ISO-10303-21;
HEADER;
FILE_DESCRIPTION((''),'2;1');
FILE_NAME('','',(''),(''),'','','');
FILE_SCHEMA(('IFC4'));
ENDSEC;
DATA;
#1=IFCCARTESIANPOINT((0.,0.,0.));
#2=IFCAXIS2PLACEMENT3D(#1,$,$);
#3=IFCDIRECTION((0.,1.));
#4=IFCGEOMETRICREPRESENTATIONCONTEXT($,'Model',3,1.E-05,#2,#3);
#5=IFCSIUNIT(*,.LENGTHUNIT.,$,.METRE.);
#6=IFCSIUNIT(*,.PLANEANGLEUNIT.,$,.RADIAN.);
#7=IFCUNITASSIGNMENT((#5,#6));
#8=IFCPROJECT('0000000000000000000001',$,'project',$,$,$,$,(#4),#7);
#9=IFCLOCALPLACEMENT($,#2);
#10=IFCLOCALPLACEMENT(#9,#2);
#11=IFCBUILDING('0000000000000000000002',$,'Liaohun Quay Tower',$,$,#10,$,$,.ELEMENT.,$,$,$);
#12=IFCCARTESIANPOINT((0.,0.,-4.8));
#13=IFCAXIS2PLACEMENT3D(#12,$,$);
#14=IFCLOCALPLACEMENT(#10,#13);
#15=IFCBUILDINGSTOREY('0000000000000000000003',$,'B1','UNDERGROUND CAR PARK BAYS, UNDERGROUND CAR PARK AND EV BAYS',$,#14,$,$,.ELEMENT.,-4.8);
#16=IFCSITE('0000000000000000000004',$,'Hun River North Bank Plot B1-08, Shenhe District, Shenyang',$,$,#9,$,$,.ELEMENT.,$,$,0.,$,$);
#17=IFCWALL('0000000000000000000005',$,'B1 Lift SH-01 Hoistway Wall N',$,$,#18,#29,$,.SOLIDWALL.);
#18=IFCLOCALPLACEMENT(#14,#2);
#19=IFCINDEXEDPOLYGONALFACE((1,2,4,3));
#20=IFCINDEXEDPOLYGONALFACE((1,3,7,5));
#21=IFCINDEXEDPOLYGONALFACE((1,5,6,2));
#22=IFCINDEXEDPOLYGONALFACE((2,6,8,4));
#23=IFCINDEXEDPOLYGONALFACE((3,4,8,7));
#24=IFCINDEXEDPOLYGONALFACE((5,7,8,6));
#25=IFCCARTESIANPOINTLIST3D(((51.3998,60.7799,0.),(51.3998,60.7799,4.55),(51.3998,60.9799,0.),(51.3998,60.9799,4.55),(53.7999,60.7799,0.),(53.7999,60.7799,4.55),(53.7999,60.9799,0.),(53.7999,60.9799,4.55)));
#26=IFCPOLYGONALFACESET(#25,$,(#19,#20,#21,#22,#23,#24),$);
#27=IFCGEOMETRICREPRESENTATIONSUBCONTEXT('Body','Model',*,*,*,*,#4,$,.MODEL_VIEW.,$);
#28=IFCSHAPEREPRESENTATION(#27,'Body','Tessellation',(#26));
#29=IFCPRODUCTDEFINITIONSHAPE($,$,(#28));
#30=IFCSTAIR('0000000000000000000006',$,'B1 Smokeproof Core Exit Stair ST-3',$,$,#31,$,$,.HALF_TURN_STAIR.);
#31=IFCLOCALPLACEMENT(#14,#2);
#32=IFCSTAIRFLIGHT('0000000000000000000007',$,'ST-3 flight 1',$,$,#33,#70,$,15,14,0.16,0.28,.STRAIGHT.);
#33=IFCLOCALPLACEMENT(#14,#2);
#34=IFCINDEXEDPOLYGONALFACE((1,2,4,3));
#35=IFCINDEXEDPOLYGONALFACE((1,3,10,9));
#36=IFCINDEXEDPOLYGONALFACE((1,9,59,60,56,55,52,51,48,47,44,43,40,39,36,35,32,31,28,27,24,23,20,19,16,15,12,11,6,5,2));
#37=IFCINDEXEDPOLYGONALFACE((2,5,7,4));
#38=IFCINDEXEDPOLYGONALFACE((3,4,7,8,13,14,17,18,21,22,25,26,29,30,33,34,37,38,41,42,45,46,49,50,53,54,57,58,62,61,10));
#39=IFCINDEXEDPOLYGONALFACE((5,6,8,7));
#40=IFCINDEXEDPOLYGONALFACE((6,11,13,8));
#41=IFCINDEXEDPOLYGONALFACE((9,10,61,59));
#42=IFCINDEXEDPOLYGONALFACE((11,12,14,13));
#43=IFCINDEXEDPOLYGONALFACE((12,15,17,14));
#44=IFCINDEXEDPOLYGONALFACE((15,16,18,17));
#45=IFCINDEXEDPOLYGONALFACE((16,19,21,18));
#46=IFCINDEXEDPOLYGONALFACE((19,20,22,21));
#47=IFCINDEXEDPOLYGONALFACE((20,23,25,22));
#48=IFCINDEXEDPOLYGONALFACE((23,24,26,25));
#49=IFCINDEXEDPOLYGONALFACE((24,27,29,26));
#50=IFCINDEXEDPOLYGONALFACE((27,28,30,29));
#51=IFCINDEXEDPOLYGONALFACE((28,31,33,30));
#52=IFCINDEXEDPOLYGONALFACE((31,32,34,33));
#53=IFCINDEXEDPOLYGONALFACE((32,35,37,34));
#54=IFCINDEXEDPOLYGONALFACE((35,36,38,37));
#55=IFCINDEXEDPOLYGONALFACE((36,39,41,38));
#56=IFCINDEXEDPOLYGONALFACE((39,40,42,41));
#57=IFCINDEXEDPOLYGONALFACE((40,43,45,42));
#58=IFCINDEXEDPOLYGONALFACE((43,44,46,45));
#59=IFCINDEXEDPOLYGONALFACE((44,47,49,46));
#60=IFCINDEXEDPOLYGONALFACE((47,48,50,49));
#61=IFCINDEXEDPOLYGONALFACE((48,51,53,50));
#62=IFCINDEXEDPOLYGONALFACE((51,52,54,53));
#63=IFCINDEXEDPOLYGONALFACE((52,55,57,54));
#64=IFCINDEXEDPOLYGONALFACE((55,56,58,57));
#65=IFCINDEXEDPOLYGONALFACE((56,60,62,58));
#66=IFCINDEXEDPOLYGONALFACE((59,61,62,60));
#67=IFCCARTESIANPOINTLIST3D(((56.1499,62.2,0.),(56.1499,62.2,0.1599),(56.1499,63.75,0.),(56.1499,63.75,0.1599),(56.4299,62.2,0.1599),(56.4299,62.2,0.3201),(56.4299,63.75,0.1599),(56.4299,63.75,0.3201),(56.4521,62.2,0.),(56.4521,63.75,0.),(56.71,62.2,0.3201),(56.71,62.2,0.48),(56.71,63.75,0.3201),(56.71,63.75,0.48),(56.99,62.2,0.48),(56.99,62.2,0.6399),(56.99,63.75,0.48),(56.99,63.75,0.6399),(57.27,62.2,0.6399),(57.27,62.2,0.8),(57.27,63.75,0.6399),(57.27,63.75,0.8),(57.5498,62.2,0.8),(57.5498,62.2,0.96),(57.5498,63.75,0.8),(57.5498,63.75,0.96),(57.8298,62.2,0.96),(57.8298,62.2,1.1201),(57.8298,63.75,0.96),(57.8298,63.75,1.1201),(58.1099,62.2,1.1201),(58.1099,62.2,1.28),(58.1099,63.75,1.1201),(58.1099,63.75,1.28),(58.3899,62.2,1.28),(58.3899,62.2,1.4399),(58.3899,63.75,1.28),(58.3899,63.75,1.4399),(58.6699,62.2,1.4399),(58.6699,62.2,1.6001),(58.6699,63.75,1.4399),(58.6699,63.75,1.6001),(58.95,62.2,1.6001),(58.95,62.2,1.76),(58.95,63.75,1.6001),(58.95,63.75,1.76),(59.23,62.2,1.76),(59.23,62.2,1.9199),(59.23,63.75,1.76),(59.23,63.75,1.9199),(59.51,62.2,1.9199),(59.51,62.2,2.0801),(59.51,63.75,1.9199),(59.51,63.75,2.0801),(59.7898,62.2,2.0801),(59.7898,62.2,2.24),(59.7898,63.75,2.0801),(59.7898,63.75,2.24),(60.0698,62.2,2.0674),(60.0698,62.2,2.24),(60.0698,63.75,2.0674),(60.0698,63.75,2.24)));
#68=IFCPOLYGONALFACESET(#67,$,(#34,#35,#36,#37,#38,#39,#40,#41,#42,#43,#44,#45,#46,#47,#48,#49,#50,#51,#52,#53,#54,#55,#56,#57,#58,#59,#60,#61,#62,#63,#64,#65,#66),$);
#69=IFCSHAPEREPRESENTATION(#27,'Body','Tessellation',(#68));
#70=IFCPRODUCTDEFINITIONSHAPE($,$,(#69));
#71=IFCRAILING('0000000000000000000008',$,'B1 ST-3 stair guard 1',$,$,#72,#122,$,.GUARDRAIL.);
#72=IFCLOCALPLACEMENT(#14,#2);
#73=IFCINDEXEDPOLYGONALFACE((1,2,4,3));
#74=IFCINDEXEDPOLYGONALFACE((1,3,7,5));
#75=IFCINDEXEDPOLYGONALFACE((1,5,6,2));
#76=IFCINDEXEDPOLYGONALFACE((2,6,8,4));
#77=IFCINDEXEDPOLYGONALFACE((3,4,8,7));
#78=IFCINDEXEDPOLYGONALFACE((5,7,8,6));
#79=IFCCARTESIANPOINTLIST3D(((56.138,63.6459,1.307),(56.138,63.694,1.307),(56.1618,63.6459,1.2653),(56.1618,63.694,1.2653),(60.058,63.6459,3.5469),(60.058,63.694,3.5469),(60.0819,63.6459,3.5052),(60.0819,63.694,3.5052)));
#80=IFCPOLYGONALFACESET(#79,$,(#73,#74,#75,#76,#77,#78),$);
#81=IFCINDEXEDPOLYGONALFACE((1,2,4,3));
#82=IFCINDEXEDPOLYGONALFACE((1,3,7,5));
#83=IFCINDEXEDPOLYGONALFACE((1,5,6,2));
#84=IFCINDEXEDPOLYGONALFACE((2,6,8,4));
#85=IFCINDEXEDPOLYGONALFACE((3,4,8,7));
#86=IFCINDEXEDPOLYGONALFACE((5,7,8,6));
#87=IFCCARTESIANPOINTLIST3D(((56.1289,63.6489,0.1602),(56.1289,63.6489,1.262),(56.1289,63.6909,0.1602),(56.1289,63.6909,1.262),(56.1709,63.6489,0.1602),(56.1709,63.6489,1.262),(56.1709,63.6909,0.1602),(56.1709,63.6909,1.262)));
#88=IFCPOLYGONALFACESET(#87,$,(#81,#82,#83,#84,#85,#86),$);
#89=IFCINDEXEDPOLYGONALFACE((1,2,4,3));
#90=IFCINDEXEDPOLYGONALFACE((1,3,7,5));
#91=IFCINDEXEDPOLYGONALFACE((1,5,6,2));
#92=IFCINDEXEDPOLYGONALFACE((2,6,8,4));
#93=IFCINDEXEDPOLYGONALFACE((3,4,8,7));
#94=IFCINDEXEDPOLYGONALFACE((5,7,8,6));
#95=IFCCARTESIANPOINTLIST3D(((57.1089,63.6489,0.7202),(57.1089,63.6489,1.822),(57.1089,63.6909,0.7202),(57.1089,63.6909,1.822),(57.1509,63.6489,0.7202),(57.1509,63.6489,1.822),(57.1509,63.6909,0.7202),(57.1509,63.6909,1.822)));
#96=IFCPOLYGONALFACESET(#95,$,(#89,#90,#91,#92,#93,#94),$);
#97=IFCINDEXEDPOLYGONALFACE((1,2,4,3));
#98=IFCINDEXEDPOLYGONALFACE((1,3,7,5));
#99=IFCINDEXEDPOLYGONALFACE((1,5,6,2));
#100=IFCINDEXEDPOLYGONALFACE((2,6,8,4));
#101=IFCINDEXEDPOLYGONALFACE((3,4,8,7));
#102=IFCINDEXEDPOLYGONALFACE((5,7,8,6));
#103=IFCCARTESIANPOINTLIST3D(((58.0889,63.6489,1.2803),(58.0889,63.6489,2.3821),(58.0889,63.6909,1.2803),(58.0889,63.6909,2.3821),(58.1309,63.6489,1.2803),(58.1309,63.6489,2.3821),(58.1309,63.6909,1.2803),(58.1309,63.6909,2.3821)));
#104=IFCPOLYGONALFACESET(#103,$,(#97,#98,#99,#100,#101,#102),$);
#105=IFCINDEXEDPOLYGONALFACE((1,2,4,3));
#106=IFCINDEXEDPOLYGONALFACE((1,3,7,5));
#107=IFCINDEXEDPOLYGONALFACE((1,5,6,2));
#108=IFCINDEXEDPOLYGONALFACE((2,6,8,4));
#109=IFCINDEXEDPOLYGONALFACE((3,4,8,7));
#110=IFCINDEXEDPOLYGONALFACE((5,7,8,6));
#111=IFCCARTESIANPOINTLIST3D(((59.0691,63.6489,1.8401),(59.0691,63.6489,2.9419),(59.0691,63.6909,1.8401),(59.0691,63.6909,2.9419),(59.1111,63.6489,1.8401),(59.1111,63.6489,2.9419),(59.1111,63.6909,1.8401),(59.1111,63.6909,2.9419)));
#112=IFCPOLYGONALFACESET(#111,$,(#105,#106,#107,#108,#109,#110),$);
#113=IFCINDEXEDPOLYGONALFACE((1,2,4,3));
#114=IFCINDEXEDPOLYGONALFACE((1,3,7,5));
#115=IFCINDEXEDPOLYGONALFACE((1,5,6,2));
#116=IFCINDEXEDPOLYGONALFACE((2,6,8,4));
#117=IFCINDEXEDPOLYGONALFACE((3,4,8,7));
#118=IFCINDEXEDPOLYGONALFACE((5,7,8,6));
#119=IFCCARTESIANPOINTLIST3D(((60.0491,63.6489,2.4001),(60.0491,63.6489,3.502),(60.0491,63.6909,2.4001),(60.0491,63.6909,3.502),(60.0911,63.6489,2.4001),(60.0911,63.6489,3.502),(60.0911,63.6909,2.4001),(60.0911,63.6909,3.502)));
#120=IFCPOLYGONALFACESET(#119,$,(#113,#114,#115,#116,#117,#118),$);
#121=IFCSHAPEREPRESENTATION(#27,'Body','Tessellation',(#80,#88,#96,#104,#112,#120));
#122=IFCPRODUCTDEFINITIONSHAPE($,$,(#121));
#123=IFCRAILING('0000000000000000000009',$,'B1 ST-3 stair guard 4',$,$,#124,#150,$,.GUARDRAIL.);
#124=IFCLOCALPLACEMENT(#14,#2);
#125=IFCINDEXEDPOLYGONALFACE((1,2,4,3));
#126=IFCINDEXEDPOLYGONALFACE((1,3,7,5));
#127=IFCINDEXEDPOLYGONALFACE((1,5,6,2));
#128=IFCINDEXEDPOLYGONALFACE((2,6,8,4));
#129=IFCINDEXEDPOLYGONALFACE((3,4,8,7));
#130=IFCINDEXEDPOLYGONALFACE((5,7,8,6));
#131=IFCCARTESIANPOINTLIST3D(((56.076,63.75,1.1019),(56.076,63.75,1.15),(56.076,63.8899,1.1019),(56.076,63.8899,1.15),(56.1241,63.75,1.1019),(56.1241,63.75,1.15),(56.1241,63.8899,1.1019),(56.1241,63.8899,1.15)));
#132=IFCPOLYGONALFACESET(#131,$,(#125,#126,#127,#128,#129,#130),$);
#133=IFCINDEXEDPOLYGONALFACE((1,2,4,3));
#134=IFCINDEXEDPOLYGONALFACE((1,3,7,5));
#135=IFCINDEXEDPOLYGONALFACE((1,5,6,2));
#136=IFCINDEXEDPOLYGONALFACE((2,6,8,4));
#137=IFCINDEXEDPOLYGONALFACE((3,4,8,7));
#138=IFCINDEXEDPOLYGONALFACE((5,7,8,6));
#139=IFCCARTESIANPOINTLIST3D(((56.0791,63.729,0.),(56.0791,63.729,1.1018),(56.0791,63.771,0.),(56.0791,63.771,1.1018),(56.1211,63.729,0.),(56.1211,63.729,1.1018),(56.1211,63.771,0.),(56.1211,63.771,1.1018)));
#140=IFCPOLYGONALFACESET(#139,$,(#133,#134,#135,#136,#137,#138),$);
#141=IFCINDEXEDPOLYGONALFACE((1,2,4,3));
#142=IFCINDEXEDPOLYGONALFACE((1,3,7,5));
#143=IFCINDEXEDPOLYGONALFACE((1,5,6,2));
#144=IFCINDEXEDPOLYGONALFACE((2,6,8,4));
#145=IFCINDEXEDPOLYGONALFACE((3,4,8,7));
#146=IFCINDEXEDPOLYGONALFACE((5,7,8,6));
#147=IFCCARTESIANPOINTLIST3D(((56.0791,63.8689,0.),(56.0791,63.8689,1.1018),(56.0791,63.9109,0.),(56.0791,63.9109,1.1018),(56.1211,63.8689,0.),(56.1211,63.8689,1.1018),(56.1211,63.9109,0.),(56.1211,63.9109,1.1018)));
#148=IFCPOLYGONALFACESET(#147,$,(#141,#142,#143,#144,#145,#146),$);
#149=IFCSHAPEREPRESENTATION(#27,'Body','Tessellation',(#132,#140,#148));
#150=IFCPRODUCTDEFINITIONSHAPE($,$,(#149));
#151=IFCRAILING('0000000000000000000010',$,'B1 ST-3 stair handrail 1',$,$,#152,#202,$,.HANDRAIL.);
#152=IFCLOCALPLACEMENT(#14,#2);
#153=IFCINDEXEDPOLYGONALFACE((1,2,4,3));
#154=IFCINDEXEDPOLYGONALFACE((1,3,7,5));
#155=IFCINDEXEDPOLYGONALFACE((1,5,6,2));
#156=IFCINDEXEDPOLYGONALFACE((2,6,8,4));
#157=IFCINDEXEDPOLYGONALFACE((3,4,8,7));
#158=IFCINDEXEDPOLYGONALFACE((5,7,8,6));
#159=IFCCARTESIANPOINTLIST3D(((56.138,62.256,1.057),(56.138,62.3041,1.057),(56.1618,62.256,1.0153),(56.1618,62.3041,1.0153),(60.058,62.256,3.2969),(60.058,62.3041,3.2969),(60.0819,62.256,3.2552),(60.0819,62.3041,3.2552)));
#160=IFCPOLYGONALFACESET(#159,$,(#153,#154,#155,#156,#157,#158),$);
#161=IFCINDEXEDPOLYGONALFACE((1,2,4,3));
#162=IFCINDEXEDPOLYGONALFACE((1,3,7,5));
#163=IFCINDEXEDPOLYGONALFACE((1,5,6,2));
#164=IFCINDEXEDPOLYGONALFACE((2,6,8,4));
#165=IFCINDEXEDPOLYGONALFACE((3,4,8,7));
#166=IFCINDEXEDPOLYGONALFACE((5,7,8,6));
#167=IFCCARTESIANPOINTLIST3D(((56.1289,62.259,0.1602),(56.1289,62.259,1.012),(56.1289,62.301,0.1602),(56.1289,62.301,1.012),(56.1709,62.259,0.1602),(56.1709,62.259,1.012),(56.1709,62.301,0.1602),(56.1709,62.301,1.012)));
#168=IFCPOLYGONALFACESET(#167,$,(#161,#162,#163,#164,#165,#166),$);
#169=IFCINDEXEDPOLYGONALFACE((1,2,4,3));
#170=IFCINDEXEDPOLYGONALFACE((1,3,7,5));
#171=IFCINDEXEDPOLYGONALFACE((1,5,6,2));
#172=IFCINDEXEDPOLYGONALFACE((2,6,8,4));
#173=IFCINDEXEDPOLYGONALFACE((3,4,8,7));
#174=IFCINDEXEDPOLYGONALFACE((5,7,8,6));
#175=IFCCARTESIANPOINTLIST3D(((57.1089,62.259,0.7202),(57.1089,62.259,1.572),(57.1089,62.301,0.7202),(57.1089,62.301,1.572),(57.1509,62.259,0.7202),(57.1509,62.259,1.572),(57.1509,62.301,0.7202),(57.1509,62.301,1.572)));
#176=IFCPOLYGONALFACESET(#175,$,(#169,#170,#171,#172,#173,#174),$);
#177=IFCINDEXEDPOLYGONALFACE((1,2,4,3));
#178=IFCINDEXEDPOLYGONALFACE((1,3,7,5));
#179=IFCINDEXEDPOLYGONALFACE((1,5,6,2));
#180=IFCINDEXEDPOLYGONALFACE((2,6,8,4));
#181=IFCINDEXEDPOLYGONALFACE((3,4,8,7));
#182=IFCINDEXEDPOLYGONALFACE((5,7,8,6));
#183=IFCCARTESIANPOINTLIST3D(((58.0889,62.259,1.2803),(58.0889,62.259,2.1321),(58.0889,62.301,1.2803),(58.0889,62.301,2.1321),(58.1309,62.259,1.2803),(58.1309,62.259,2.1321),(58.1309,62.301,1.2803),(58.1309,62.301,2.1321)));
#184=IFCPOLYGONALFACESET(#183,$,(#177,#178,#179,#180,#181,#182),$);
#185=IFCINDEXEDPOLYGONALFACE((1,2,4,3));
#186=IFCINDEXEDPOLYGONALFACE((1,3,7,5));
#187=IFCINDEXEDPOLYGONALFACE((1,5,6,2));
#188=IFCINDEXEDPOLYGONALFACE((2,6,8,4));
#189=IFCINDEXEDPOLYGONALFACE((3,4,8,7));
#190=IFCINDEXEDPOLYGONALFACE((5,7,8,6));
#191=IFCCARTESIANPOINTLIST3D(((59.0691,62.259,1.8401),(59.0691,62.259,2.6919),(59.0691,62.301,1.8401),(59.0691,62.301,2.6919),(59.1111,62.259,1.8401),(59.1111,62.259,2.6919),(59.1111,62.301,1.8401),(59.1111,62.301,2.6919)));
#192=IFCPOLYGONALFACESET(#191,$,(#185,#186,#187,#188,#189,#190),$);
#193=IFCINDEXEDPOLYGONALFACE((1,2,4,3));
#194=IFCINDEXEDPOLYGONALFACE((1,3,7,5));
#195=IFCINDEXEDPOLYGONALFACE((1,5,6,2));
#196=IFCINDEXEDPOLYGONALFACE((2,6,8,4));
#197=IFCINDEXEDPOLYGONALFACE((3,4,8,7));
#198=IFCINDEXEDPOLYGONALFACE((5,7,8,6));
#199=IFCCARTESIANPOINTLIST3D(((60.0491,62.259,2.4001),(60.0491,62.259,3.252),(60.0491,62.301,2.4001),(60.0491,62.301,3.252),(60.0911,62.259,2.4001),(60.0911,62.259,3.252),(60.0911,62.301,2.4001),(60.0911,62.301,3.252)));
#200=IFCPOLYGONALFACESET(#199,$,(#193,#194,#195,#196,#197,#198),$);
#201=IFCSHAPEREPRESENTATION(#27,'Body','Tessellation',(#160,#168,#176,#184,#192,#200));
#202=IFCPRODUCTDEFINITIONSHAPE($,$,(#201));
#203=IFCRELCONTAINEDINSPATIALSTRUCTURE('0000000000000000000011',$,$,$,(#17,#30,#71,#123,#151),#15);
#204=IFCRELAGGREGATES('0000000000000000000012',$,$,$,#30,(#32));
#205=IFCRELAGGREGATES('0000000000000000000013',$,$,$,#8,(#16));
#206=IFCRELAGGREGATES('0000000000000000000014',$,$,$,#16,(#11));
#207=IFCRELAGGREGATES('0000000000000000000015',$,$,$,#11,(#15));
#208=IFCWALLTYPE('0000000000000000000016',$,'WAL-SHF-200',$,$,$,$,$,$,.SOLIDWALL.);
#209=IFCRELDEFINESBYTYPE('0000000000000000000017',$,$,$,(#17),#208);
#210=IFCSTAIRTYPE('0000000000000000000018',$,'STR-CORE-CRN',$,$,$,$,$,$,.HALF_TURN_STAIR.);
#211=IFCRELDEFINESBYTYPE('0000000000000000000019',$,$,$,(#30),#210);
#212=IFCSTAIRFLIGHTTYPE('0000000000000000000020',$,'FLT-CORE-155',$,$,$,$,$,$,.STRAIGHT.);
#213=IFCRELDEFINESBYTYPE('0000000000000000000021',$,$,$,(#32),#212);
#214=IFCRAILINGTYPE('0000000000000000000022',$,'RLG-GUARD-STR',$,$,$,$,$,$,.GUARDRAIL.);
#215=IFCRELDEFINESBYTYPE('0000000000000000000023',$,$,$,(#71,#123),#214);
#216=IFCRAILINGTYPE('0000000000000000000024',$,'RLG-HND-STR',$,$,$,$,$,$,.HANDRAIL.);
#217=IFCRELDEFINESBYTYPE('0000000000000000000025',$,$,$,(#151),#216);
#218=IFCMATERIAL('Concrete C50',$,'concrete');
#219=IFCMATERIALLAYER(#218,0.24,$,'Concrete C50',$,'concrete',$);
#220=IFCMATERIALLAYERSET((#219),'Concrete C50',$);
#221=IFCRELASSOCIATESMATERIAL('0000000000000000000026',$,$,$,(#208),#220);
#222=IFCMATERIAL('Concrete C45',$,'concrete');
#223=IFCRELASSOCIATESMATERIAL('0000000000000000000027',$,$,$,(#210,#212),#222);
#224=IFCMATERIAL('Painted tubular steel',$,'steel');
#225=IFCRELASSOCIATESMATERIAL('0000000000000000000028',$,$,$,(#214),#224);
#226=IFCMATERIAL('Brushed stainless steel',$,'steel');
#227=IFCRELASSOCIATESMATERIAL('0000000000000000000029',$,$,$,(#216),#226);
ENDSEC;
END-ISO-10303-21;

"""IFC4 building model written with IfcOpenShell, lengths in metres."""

from ifc_helpers import new_model, si_unit, direction, frame, frame_2d, origin, origin_2d, place, context, subcontext, project, spatial, polyline, rectangle, outline, extrude, material, layer, layer_set, type_object, element, aggregate, save


model = new_model("IFC4")

# Units and contexts
model_context = context("Model", 3, precision=1e-05, world=origin(), true_north=direction((0.0, 1.0)))
body_context = subcontext(model_context, "Body", "Model", "MODEL_VIEW")
ifc_project = project(units=[si_unit("LENGTHUNIT", "METRE"), si_unit("PLANEANGLEUNIT", "RADIAN")], contexts=[model_context])

# Site, building, storey
site_placement = place(None, origin())
site = spatial("IfcSite", under=ifc_project, at=site_placement, Name="Hun River North Bank Plot B1-08, Shenhe District, Shenyang", CompositionType="ELEMENT", RefElevation=0.0)
building_placement = place(site_placement, origin())
building = spatial("IfcBuilding", under=site, at=building_placement, Name="Liaohun Quay Tower", CompositionType="ELEMENT")
storey_placement = place(building_placement, frame((0.0, 0.0, -4.8)))
storey = spatial("IfcBuildingStorey", under=building, at=storey_placement, Name="B1", Description="UNDERGROUND CAR PARK BAYS, UNDERGROUND CAR PARK AND EV BAYS", CompositionType="ELEMENT", Elevation=-4.8)

# Shared definitions
ifc_material_1 = material(Name="Concrete C50", Category="concrete")

# Wall
ifc_layer_1 = layer(ifc_material_1, 0.24, Name="Concrete C50", Category="concrete")
ifc_layer_set_1 = layer_set([ifc_layer_1], Name="Concrete C50")
wall_type_1 = type_object("IfcWallType", Name="WAL-SHF-200", PredefinedType="SOLIDWALL", material=ifc_layer_set_1)
wall_1_placement = place(storey_placement, frame((53.8, 60.8799, 0.0), z_axis=(0.0, 0.0, 1.0), x_axis=(-1.0, 0.0, 0.0)))
element("IfcWall", 1, at=wall_1_placement, inside=storey, type_object=wall_type_1, Name="B1 Lift SH-01 Hoistway Wall N", PredefinedType="SOLIDWALL", context=body_context, shape_type="SweptSolid", body=[
    extrude(rectangle(XDim=2.4001, YDim=0.2, at=frame_2d((1.2002, 0.0))), origin(), (0.0, 0.0, 1.0), 4.55),
])

# Stair, stair flight
ifc_material_2 = material(Name="Concrete C45", Category="concrete")
stair_type = type_object("IfcStairType", Name="STR-CORE-CRN", PredefinedType="HALF_TURN_STAIR", material=ifc_material_2)
stair_placement = place(storey_placement, origin())
stair = element("IfcStair", 2, at=stair_placement, inside=storey, type_object=stair_type, Name="B1 Smokeproof Core Exit Stair ST-3", PredefinedType="HALF_TURN_STAIR")
stair_flight_type = type_object("IfcStairFlightType", Name="FLT-CORE-155", PredefinedType="STRAIGHT", material=ifc_material_2)
stair_flight_placement = place(storey_placement, frame((56.1499, 62.9751, 0.0), z_axis=(0.0, 0.0, 1.0), x_axis=(1.0, 0.0, 0.0)))
stair_flight = element("IfcStairFlight", 3, at=stair_flight_placement, type_object=stair_flight_type, Name="ST-3 flight 1", NumberOfRisers=15, NumberOfTreads=14, PredefinedType="STRAIGHT", RiserHeight=0.16, TreadLength=0.28, context=body_context, shape_type="SweptSolid", body=[
    extrude(outline(polyline([(0.0, 0.0), (0.0, 0.1599), (0.28, 0.1599), (0.28, 0.3201), (0.5601, 0.3201), (0.5601, 0.48), (0.8401, 0.48), (0.8401, 0.6399), (1.1201, 0.6399), (1.1201, 0.8), (1.3999, 0.8), (1.3999, 0.96), (1.6799, 0.96), (1.6799, 1.1201), (1.96, 1.1201), (1.96, 1.28), (2.24, 1.28), (2.24, 1.4399), (2.52, 1.4399), (2.52, 1.6001), (2.8, 1.6001), (2.8, 1.76), (3.0801, 1.76), (3.0801, 1.9199), (3.3601, 1.9199), (3.3601, 2.0801), (3.6399, 2.0801), (3.6399, 2.24), (3.9199, 2.24), (3.9199, 2.3999), (3.9199, 2.0674), (0.3022, 0.0), (0.0, 0.0)])), frame((0.0, 0.7749, 0.0), z_axis=(0.0, -1.0, 0.0), x_axis=(1.0, 0.0, 0.0)), (0.0, 0.0, 1.0), 1.55),
])
aggregate(stair, [stair_flight])

# Railings
ifc_material_3 = material(Name="Painted tubular steel", Category="steel")
railing_type_1 = type_object("IfcRailingType", Name="RLG-GUARD-STR", PredefinedType="GUARDRAIL", material=ifc_material_3)
railing_1_placement = place(storey_placement, frame((56.1499, 63.6699, 0.1602)))
element("IfcRailing", 4, at=railing_1_placement, inside=storey, type_object=railing_type_1, Name="B1 ST-3 stair guard 1", PredefinedType="GUARDRAIL", context=body_context, shape_type="SweptSolid", body=[
    extrude(rectangle(XDim=0.0481, YDim=0.0481, at=origin_2d()), frame((0.0, 0.0, 1.126), z_axis=(0.868253, 0.0, 0.496121), x_axis=(0.0, 1.0, 0.0)), (0.0, 0.0, 1.0), 4.5149),
    extrude(rectangle(XDim=0.042, YDim=0.042, at=origin_2d()), origin(), (0.0, 0.0, 1.0), 1.1018),
    extrude(rectangle(XDim=0.042, YDim=0.042, at=origin_2d()), frame((0.98, 0.0, 0.5601)), (0.0, 0.0, 1.0), 1.1018),
    extrude(rectangle(XDim=0.042, YDim=0.042, at=origin_2d()), frame((1.96, 0.0, 1.1201)), (0.0, 0.0, 1.0), 1.1018),
    extrude(rectangle(XDim=0.042, YDim=0.042, at=origin_2d()), frame((2.9402, 0.0, 1.6799)), (0.0, 0.0, 1.0), 1.1018),
    extrude(rectangle(XDim=0.042, YDim=0.042, at=origin_2d()), frame((3.9202, 0.0, 2.24)), (0.0, 0.0, 1.0), 1.1018),
])
railing_2_placement = place(storey_placement, frame((56.1001, 63.75, 0.0)))
element("IfcRailing", 5, at=railing_2_placement, inside=storey, type_object=railing_type_1, Name="B1 ST-3 stair guard 4", PredefinedType="GUARDRAIL", context=body_context, shape_type="SweptSolid", body=[
    extrude(rectangle(XDim=0.0481, YDim=0.0481, at=origin_2d()), frame((0.0, 0.0, 1.126), z_axis=(0.0, 1.0, 0.0), x_axis=(-1.0, 0.0, 0.0)), (0.0, 0.0, 1.0), 0.1399),
    extrude(rectangle(XDim=0.042, YDim=0.042, at=origin_2d()), origin(), (0.0, 0.0, 1.0), 1.1018),
    extrude(rectangle(XDim=0.042, YDim=0.042, at=origin_2d()), frame((0.0, 0.1399, 0.0)), (0.0, 0.0, 1.0), 1.1018),
])
ifc_material_4 = material(Name="Brushed stainless steel", Category="steel")
railing_type_2 = type_object("IfcRailingType", Name="RLG-HND-STR", PredefinedType="HANDRAIL", material=ifc_material_4)
railing_3_placement = place(storey_placement, frame((56.1499, 62.28, 0.1602)))
element("IfcRailing", 6, at=railing_3_placement, inside=storey, type_object=railing_type_2, Name="B1 ST-3 stair handrail 1", PredefinedType="HANDRAIL", context=body_context, shape_type="SweptSolid", body=[
    extrude(rectangle(XDim=0.0481, YDim=0.0481, at=origin_2d()), frame((0.0, 0.0, 0.876), z_axis=(0.868253, 0.0, 0.496121), x_axis=(0.0, 1.0, 0.0)), (0.0, 0.0, 1.0), 4.5149),
    extrude(rectangle(XDim=0.042, YDim=0.042, at=origin_2d()), origin(), (0.0, 0.0, 1.0), 0.8518),
    extrude(rectangle(XDim=0.042, YDim=0.042, at=origin_2d()), frame((0.98, 0.0, 0.5601)), (0.0, 0.0, 1.0), 0.8518),
    extrude(rectangle(XDim=0.042, YDim=0.042, at=origin_2d()), frame((1.96, 0.0, 1.1201)), (0.0, 0.0, 1.0), 0.8518),
    extrude(rectangle(XDim=0.042, YDim=0.042, at=origin_2d()), frame((2.9402, 0.0, 1.6799)), (0.0, 0.0, 1.0), 0.8518),
    extrude(rectangle(XDim=0.042, YDim=0.042, at=origin_2d()), frame((3.9202, 0.0, 2.24)), (0.0, 0.0, 1.0), 0.8518),
])

save(model, "model.ifc")
